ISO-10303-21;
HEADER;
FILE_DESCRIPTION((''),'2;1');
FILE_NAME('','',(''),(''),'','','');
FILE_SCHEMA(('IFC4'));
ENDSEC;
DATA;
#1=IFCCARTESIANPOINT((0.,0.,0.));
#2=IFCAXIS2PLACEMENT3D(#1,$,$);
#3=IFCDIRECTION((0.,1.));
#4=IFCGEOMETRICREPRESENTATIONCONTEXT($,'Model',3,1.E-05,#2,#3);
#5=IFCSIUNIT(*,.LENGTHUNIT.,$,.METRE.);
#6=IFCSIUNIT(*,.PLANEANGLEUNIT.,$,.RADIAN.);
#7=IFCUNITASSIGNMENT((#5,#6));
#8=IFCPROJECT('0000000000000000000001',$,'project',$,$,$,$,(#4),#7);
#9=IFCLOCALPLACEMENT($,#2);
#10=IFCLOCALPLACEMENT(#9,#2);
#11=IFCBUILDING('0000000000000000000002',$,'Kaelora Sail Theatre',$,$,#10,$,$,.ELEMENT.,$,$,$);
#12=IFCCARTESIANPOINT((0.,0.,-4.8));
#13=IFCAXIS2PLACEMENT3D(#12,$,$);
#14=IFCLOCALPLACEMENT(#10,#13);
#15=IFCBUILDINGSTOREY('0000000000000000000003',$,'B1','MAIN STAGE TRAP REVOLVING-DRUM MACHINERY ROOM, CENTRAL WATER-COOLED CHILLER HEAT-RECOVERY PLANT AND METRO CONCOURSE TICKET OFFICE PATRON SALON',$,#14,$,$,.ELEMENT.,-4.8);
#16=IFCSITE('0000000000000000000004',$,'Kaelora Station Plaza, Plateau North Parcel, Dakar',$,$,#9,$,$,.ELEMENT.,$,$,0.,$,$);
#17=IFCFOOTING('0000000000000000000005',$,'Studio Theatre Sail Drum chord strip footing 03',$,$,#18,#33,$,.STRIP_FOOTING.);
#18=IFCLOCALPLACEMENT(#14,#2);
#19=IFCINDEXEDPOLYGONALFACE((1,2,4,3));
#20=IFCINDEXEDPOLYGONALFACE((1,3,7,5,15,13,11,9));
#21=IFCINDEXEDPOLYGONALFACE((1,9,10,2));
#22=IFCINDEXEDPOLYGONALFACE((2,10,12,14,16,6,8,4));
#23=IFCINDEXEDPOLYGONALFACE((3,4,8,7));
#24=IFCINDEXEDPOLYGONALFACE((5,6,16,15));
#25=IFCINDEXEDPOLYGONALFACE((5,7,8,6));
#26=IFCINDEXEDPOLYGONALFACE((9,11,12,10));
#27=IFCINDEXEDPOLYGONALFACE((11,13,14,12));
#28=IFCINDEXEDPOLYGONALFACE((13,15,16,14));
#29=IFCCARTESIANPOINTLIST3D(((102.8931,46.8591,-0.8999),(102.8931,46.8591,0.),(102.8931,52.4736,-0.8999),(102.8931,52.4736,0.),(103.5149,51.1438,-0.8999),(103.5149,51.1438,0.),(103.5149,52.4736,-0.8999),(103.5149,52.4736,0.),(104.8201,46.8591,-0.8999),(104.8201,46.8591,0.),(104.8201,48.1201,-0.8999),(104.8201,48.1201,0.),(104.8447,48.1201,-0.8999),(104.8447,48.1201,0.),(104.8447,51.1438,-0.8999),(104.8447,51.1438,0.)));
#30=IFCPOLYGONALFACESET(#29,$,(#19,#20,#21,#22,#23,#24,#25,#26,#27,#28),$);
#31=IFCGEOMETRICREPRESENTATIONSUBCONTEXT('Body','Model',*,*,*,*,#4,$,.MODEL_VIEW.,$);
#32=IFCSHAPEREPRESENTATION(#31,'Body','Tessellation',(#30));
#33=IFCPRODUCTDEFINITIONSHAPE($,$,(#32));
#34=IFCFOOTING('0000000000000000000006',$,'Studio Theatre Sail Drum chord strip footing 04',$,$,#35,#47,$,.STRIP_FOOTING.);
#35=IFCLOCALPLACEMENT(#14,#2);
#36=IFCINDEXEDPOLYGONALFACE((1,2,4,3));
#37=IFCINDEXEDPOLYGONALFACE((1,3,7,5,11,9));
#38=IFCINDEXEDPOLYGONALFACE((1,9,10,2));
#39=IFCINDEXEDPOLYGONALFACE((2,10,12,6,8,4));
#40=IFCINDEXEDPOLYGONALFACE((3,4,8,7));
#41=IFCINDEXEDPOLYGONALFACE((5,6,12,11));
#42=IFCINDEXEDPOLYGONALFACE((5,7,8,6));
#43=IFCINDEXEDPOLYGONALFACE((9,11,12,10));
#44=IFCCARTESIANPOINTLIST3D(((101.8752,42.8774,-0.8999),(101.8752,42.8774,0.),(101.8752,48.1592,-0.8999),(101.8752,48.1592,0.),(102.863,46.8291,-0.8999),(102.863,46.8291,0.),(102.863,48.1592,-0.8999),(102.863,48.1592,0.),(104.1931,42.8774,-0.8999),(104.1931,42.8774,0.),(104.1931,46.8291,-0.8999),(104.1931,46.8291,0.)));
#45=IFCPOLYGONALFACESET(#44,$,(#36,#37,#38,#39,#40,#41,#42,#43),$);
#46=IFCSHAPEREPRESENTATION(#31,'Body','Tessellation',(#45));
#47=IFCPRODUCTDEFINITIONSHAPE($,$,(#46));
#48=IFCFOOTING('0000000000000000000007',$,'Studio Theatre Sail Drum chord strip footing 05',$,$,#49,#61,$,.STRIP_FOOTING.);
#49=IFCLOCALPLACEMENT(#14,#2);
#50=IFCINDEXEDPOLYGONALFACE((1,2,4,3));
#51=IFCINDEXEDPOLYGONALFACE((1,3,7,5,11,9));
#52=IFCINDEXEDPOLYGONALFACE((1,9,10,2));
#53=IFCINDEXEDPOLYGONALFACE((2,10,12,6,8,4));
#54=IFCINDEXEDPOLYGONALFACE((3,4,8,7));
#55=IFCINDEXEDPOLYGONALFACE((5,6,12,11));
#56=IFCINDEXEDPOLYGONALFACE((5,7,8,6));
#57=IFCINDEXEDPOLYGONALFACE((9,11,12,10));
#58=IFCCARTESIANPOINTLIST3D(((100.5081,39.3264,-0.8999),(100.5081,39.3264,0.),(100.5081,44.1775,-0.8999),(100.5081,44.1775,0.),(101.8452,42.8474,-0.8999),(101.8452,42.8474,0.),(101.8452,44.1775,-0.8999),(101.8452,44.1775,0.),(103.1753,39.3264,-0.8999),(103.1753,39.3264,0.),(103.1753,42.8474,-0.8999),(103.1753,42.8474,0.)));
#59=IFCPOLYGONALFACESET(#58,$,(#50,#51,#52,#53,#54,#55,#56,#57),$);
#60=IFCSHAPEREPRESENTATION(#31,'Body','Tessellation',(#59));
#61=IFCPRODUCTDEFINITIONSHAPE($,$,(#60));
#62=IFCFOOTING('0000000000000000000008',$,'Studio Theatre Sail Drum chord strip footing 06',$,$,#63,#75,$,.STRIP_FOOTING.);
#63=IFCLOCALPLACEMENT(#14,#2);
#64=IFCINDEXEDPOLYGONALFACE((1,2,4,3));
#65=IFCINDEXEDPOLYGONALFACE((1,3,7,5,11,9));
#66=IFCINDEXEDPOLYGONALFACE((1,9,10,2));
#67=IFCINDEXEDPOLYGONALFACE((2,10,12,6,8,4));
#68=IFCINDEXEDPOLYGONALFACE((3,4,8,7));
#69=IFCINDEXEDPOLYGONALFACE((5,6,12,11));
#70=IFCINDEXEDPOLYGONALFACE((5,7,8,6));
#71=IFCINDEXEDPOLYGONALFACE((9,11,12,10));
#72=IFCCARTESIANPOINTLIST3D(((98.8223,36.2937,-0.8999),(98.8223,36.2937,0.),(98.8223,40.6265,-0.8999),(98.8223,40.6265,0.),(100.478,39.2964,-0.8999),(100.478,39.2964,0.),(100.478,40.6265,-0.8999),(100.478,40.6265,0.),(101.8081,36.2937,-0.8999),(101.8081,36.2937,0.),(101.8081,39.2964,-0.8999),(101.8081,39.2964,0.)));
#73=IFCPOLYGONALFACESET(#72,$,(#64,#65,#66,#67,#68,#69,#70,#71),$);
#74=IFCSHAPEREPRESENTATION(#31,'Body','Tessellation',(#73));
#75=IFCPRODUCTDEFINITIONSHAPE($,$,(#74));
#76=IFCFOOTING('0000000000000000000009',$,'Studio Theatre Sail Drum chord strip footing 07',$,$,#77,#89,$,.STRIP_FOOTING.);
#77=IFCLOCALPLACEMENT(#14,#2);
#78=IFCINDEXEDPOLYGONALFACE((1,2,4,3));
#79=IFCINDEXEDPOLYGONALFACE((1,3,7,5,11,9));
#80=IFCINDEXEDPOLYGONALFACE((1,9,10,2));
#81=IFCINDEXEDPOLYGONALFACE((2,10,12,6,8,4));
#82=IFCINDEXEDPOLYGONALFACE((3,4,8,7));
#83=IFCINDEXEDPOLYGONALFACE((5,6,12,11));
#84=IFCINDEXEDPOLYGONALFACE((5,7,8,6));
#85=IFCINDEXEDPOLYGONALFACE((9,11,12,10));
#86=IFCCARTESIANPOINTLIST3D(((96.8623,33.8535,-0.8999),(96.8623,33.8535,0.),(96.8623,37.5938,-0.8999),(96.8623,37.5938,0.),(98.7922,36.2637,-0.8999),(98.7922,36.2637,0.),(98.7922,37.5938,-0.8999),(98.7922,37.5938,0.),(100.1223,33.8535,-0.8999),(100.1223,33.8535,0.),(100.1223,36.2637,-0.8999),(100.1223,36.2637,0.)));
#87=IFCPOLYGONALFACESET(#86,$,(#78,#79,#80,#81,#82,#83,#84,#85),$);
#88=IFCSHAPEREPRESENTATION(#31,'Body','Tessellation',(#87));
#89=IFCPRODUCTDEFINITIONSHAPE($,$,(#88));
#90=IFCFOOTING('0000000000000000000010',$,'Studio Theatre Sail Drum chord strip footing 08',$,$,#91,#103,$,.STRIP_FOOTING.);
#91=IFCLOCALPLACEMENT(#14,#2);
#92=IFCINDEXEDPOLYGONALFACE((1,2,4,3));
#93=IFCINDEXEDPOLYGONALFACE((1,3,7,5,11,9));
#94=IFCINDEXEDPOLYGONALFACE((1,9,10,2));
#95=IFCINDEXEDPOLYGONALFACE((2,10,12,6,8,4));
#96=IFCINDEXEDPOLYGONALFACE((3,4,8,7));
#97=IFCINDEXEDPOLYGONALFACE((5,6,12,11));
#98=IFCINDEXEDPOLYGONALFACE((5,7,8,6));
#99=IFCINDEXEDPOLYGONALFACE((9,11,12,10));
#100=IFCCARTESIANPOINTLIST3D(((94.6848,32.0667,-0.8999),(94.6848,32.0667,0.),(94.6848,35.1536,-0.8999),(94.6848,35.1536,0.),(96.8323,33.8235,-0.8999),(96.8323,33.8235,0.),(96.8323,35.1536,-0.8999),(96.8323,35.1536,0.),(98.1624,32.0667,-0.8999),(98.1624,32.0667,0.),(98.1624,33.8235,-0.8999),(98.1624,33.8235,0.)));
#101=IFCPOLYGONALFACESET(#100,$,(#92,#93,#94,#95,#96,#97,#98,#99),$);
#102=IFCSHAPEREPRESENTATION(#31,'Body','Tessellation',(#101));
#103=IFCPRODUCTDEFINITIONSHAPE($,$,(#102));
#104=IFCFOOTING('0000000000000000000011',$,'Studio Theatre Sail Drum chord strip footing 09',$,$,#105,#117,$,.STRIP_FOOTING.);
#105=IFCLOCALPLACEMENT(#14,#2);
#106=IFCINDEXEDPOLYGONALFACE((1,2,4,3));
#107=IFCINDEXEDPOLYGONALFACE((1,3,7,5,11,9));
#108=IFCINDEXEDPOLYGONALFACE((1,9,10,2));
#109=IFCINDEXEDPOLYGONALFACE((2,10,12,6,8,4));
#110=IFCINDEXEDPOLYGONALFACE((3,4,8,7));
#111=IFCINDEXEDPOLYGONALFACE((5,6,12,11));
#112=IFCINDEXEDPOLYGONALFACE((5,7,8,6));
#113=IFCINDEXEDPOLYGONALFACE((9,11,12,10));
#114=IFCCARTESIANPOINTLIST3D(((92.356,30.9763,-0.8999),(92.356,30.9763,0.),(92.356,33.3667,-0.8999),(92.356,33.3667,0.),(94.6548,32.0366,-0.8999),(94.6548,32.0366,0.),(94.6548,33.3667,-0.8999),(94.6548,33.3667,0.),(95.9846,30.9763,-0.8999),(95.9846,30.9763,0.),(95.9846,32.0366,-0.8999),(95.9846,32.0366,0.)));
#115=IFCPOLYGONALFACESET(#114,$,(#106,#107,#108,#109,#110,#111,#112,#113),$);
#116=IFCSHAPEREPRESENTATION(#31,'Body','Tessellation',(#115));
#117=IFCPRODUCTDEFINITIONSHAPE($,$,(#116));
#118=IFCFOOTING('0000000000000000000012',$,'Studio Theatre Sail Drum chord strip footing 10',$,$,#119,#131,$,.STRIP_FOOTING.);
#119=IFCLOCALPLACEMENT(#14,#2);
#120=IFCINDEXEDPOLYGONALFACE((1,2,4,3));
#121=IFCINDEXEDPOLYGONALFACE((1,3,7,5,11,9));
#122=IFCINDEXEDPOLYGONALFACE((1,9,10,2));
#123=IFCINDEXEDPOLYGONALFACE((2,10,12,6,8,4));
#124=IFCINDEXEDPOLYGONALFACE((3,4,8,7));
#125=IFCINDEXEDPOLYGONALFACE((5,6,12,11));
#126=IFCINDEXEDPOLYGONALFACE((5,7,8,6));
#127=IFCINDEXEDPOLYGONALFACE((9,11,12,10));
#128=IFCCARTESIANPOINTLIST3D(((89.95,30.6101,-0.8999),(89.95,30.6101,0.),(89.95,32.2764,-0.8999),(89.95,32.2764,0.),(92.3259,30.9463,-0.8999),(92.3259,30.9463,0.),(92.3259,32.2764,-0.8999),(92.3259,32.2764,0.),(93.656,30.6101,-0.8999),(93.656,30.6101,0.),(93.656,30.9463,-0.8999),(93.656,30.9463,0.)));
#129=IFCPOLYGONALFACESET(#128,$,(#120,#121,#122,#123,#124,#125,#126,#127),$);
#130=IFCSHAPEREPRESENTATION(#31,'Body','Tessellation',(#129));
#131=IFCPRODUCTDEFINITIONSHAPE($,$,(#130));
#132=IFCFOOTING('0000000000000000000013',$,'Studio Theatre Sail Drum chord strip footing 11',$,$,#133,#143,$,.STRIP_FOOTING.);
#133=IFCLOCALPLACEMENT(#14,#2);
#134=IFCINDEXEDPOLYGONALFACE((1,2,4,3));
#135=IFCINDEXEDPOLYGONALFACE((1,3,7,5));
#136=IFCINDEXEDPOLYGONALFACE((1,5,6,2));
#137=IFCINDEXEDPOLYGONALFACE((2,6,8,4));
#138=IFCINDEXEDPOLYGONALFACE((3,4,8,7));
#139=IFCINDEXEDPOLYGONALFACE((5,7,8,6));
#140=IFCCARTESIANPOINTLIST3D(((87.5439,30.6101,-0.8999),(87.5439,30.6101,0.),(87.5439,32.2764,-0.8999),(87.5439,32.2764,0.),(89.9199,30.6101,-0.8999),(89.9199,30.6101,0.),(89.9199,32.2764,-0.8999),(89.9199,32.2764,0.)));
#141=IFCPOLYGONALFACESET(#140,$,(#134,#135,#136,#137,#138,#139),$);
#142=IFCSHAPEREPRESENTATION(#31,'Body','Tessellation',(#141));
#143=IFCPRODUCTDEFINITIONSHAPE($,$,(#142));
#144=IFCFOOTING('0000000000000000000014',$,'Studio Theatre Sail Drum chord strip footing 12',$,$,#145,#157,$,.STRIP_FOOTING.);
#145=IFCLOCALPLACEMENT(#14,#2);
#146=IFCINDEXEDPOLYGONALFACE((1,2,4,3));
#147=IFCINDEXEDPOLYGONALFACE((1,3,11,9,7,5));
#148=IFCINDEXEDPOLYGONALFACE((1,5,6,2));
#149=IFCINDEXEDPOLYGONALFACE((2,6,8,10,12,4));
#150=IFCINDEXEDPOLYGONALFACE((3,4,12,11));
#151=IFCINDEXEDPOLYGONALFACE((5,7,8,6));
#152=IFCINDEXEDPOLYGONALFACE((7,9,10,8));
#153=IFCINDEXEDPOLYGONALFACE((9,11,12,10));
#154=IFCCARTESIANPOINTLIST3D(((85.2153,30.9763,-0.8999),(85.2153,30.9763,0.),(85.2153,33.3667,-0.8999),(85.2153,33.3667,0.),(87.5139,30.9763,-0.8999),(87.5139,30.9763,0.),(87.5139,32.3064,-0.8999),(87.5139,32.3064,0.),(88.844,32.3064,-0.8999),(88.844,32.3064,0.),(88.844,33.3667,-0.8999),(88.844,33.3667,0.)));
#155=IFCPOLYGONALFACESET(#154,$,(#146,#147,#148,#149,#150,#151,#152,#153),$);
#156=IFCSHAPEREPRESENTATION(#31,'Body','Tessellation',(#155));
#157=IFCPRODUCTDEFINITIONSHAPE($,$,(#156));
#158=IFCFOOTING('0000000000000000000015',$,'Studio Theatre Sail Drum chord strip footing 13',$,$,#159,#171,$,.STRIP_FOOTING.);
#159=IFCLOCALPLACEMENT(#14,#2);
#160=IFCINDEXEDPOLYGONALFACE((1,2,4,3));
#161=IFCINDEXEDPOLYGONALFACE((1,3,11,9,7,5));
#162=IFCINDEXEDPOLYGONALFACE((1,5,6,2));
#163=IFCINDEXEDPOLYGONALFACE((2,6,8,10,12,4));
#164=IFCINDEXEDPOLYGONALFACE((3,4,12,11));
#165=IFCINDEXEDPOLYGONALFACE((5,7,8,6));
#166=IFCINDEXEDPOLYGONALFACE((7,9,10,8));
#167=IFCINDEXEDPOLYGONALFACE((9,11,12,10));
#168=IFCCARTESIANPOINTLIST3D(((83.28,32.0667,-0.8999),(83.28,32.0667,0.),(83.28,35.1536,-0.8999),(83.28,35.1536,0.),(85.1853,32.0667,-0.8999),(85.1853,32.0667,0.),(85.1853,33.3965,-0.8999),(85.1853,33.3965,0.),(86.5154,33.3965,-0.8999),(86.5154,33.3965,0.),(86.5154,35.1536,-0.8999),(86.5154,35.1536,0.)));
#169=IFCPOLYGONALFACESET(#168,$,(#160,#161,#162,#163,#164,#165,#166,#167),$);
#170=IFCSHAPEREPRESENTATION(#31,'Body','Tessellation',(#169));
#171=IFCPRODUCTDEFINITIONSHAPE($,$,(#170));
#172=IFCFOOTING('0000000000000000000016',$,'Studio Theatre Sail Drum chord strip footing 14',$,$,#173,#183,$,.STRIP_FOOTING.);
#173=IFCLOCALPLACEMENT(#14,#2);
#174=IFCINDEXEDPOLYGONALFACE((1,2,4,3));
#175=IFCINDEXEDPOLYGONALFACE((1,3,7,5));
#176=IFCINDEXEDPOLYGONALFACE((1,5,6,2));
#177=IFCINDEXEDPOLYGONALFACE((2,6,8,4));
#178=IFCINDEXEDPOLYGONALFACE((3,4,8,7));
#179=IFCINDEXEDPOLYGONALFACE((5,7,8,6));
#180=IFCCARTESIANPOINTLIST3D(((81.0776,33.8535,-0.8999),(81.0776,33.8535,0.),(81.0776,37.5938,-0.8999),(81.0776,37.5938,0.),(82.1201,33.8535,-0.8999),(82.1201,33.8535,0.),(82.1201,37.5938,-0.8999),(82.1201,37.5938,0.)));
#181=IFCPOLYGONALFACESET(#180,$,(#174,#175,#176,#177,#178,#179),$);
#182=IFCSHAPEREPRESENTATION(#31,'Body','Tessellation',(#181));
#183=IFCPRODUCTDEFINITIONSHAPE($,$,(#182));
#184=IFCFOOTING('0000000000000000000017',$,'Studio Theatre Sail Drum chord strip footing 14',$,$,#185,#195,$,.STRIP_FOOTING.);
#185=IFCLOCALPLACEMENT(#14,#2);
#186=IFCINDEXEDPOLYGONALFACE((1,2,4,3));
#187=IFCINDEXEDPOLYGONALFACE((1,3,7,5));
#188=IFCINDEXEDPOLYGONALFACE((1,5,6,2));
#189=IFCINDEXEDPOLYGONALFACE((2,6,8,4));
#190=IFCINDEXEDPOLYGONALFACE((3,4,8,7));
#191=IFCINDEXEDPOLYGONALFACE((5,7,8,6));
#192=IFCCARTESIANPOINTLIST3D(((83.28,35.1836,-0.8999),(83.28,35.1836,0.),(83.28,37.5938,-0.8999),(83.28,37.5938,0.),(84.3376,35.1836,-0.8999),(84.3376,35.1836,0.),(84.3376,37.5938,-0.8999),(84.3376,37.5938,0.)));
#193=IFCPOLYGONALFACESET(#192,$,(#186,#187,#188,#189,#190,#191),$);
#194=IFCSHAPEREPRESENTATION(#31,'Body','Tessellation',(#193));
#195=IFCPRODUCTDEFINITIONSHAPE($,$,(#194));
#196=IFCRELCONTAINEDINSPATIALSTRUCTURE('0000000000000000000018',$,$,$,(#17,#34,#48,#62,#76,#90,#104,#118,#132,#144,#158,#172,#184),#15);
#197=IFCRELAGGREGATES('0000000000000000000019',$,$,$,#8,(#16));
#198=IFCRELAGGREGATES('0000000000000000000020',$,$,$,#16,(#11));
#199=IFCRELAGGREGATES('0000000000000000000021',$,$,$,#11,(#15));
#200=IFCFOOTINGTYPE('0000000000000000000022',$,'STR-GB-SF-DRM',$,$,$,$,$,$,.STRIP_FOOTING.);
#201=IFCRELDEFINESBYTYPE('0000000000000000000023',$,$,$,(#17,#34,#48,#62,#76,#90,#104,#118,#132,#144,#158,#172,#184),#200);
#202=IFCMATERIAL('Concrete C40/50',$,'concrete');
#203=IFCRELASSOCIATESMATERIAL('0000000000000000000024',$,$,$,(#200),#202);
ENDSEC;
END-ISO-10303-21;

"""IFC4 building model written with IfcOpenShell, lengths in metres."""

from ifc_helpers import new_model, si_unit, direction, frame, origin, place, context, subcontext, project, spatial, polyline, outline, extrude, material, type_object, element, save


model = new_model("IFC4")

# Units and contexts
model_context = context("Model", 3, precision=1e-05, world=origin(), true_north=direction((0.0, 1.0)))
body_context = subcontext(model_context, "Body", "Model", "MODEL_VIEW")
ifc_project = project(units=[si_unit("LENGTHUNIT", "METRE"), si_unit("PLANEANGLEUNIT", "RADIAN")], contexts=[model_context])

# Site, building, storey
site_placement = place(None, origin())
site = spatial("IfcSite", under=ifc_project, at=site_placement, Name="Kaelora Station Plaza, Plateau North Parcel, Dakar", CompositionType="ELEMENT", RefElevation=0.0)
building_placement = place(site_placement, origin())
building = spatial("IfcBuilding", under=site, at=building_placement, Name="Kaelora Sail Theatre", CompositionType="ELEMENT")
storey_placement = place(building_placement, frame((0.0, 0.0, -4.8)))
storey = spatial("IfcBuildingStorey", under=building, at=storey_placement, Name="B1", Description="MAIN STAGE TRAP REVOLVING-DRUM MACHINERY ROOM, CENTRAL WATER-COOLED CHILLER HEAT-RECOVERY PLANT AND METRO CONCOURSE TICKET OFFICE PATRON SALON", CompositionType="ELEMENT", Elevation=-4.8)

# Footings
ifc_material = material(Name="Concrete C40/50", Category="concrete")
footing_type = type_object("IfcFootingType", Name="STR-GB-SF-DRM", PredefinedType="STRIP_FOOTING", material=ifc_material)
footing_1_placement = place(storey_placement, frame((0.0, 0.0, -0.8999)))
element("IfcFooting", 1, at=footing_1_placement, inside=storey, type_object=footing_type, Name="Studio Theatre Sail Drum chord strip footing 03", PredefinedType="STRIP_FOOTING", context=body_context, shape_type="SweptSolid", body=[
    extrude(outline(polyline([(103.5149, 52.4736), (103.5149, 51.1438), (104.8447, 51.1438), (104.8447, 48.1201), (104.8201, 48.1201), (104.8201, 46.8591), (102.8931, 46.8591), (102.8931, 52.4736), (103.5149, 52.4736)])), origin(), (0.0, 0.0, 1.0), 0.8999),
])
footing_2_placement = place(storey_placement, frame((0.0, 0.0, -0.8999)))
element("IfcFooting", 2, at=footing_2_placement, inside=storey, type_object=footing_type, Name="Studio Theatre Sail Drum chord strip footing 04", PredefinedType="STRIP_FOOTING", context=body_context, shape_type="SweptSolid", body=[
    extrude(outline(polyline([(101.8752, 48.1592), (102.863, 48.1592), (102.863, 46.8291), (104.1931, 46.8291), (104.1931, 42.8774), (101.8752, 42.8774), (101.8752, 48.1592)])), origin(), (0.0, 0.0, 1.0), 0.8999),
])
footing_3_placement = place(storey_placement, frame((0.0, 0.0, -0.8999)))
element("IfcFooting", 3, at=footing_3_placement, inside=storey, type_object=footing_type, Name="Studio Theatre Sail Drum chord strip footing 05", PredefinedType="STRIP_FOOTING", context=body_context, shape_type="SweptSolid", body=[
    extrude(outline(polyline([(101.8452, 44.1775), (101.8452, 42.8474), (103.1753, 42.8474), (103.1753, 39.3264), (100.5081, 39.3264), (100.5081, 44.1775), (101.8452, 44.1775)])), origin(), (0.0, 0.0, 1.0), 0.8999),
])
footing_4_placement = place(storey_placement, frame((0.0, 0.0, -0.8999)))
element("IfcFooting", 4, at=footing_4_placement, inside=storey, type_object=footing_type, Name="Studio Theatre Sail Drum chord strip footing 06", PredefinedType="STRIP_FOOTING", context=body_context, shape_type="SweptSolid", body=[
    extrude(outline(polyline([(101.8081, 36.2937), (98.8223, 36.2937), (98.8223, 40.6265), (100.478, 40.6265), (100.478, 39.2964), (101.8081, 39.2964), (101.8081, 36.2937)])), origin(), (0.0, 0.0, 1.0), 0.8999),
])
footing_5_placement = place(storey_placement, frame((0.0, 0.0, -0.8999)))
element("IfcFooting", 5, at=footing_5_placement, inside=storey, type_object=footing_type, Name="Studio Theatre Sail Drum chord strip footing 07", PredefinedType="STRIP_FOOTING", context=body_context, shape_type="SweptSolid", body=[
    extrude(outline(polyline([(96.8623, 33.8535), (96.8623, 37.5938), (98.7922, 37.5938), (98.7922, 36.2637), (100.1223, 36.2637), (100.1223, 33.8535), (96.8623, 33.8535)])), origin(), (0.0, 0.0, 1.0), 0.8999),
])
footing_6_placement = place(storey_placement, frame((0.0, 0.0, -0.8999)))
element("IfcFooting", 6, at=footing_6_placement, inside=storey, type_object=footing_type, Name="Studio Theatre Sail Drum chord strip footing 08", PredefinedType="STRIP_FOOTING", context=body_context, shape_type="SweptSolid", body=[
    extrude(outline(polyline([(94.6848, 35.1536), (96.8323, 35.1536), (96.8323, 33.8235), (98.1624, 33.8235), (98.1624, 32.0667), (94.6848, 32.0667), (94.6848, 35.1536)])), origin(), (0.0, 0.0, 1.0), 0.8999),
])
footing_7_placement = place(storey_placement, frame((0.0, 0.0, -0.8999)))
element("IfcFooting", 7, at=footing_7_placement, inside=storey, type_object=footing_type, Name="Studio Theatre Sail Drum chord strip footing 09", PredefinedType="STRIP_FOOTING", context=body_context, shape_type="SweptSolid", body=[
    extrude(outline(polyline([(94.6548, 33.3667), (94.6548, 32.0366), (95.9846, 32.0366), (95.9846, 30.9763), (92.356, 30.9763), (92.356, 33.3667), (94.6548, 33.3667)])), origin(), (0.0, 0.0, 1.0), 0.8999),
])
footing_8_placement = place(storey_placement, frame((0.0, 0.0, -0.8999)))
element("IfcFooting", 8, at=footing_8_placement, inside=storey, type_object=footing_type, Name="Studio Theatre Sail Drum chord strip footing 10", PredefinedType="STRIP_FOOTING", context=body_context, shape_type="SweptSolid", body=[
    extrude(outline(polyline([(93.656, 30.6101), (89.95, 30.6101), (89.95, 32.2764), (92.3259, 32.2764), (92.3259, 30.9463), (93.656, 30.9463), (93.656, 30.6101)])), origin(), (0.0, 0.0, 1.0), 0.8999),
])
footing_9_placement = place(storey_placement, frame((0.0, 0.0, -0.8999)))
element("IfcFooting", 9, at=footing_9_placement, inside=storey, type_object=footing_type, Name="Studio Theatre Sail Drum chord strip footing 11", PredefinedType="STRIP_FOOTING", context=body_context, shape_type="SweptSolid", body=[
    extrude(outline(polyline([(87.5439, 30.6101), (87.5439, 32.2764), (89.9199, 32.2764), (89.9199, 30.6101), (87.5439, 30.6101)])), origin(), (0.0, 0.0, 1.0), 0.8999),
])
footing_10_placement = place(storey_placement, frame((0.0, 0.0, -0.8999)))
element("IfcFooting", 10, at=footing_10_placement, inside=storey, type_object=footing_type, Name="Studio Theatre Sail Drum chord strip footing 12", PredefinedType="STRIP_FOOTING", context=body_context, shape_type="SweptSolid", body=[
    extrude(outline(polyline([(85.2153, 33.3667), (88.844, 33.3667), (88.844, 32.3064), (87.5139, 32.3064), (87.5139, 30.9763), (85.2153, 30.9763), (85.2153, 33.3667)])), origin(), (0.0, 0.0, 1.0), 0.8999),
])
footing_11_placement = place(storey_placement, frame((0.0, 0.0, -0.8999)))
element("IfcFooting", 11, at=footing_11_placement, inside=storey, type_object=footing_type, Name="Studio Theatre Sail Drum chord strip footing 13", PredefinedType="STRIP_FOOTING", context=body_context, shape_type="SweptSolid", body=[
    extrude(outline(polyline([(86.5154, 35.1536), (86.5154, 33.3965), (85.1853, 33.3965), (85.1853, 32.0667), (83.28, 32.0667), (83.28, 35.1536), (86.5154, 35.1536)])), origin(), (0.0, 0.0, 1.0), 0.8999),
])
footing_12_placement = place(storey_placement, frame((0.0, 0.0, -0.8999)))
element("IfcFooting", 12, at=footing_12_placement, inside=storey, type_object=footing_type, Name="Studio Theatre Sail Drum chord strip footing 14", PredefinedType="STRIP_FOOTING", context=body_context, shape_type="SweptSolid", body=[
    extrude(outline(polyline([(82.1201, 33.8535), (81.0776, 33.8535), (81.0776, 37.5938), (82.1201, 37.5938), (82.1201, 33.8535)])), origin(), (0.0, 0.0, 1.0), 0.8999),
])
footing_13_placement = place(storey_placement, frame((0.0, 0.0, -0.8999)))
element("IfcFooting", 13, at=footing_13_placement, inside=storey, type_object=footing_type, Name="Studio Theatre Sail Drum chord strip footing 14", PredefinedType="STRIP_FOOTING", context=body_context, shape_type="SweptSolid", body=[
    extrude(outline(polyline([(84.3376, 35.1836), (83.28, 35.1836), (83.28, 37.5938), (84.3376, 37.5938), (84.3376, 35.1836)])), origin(), (0.0, 0.0, 1.0), 0.8999),
])

save(model, "model.ifc")
